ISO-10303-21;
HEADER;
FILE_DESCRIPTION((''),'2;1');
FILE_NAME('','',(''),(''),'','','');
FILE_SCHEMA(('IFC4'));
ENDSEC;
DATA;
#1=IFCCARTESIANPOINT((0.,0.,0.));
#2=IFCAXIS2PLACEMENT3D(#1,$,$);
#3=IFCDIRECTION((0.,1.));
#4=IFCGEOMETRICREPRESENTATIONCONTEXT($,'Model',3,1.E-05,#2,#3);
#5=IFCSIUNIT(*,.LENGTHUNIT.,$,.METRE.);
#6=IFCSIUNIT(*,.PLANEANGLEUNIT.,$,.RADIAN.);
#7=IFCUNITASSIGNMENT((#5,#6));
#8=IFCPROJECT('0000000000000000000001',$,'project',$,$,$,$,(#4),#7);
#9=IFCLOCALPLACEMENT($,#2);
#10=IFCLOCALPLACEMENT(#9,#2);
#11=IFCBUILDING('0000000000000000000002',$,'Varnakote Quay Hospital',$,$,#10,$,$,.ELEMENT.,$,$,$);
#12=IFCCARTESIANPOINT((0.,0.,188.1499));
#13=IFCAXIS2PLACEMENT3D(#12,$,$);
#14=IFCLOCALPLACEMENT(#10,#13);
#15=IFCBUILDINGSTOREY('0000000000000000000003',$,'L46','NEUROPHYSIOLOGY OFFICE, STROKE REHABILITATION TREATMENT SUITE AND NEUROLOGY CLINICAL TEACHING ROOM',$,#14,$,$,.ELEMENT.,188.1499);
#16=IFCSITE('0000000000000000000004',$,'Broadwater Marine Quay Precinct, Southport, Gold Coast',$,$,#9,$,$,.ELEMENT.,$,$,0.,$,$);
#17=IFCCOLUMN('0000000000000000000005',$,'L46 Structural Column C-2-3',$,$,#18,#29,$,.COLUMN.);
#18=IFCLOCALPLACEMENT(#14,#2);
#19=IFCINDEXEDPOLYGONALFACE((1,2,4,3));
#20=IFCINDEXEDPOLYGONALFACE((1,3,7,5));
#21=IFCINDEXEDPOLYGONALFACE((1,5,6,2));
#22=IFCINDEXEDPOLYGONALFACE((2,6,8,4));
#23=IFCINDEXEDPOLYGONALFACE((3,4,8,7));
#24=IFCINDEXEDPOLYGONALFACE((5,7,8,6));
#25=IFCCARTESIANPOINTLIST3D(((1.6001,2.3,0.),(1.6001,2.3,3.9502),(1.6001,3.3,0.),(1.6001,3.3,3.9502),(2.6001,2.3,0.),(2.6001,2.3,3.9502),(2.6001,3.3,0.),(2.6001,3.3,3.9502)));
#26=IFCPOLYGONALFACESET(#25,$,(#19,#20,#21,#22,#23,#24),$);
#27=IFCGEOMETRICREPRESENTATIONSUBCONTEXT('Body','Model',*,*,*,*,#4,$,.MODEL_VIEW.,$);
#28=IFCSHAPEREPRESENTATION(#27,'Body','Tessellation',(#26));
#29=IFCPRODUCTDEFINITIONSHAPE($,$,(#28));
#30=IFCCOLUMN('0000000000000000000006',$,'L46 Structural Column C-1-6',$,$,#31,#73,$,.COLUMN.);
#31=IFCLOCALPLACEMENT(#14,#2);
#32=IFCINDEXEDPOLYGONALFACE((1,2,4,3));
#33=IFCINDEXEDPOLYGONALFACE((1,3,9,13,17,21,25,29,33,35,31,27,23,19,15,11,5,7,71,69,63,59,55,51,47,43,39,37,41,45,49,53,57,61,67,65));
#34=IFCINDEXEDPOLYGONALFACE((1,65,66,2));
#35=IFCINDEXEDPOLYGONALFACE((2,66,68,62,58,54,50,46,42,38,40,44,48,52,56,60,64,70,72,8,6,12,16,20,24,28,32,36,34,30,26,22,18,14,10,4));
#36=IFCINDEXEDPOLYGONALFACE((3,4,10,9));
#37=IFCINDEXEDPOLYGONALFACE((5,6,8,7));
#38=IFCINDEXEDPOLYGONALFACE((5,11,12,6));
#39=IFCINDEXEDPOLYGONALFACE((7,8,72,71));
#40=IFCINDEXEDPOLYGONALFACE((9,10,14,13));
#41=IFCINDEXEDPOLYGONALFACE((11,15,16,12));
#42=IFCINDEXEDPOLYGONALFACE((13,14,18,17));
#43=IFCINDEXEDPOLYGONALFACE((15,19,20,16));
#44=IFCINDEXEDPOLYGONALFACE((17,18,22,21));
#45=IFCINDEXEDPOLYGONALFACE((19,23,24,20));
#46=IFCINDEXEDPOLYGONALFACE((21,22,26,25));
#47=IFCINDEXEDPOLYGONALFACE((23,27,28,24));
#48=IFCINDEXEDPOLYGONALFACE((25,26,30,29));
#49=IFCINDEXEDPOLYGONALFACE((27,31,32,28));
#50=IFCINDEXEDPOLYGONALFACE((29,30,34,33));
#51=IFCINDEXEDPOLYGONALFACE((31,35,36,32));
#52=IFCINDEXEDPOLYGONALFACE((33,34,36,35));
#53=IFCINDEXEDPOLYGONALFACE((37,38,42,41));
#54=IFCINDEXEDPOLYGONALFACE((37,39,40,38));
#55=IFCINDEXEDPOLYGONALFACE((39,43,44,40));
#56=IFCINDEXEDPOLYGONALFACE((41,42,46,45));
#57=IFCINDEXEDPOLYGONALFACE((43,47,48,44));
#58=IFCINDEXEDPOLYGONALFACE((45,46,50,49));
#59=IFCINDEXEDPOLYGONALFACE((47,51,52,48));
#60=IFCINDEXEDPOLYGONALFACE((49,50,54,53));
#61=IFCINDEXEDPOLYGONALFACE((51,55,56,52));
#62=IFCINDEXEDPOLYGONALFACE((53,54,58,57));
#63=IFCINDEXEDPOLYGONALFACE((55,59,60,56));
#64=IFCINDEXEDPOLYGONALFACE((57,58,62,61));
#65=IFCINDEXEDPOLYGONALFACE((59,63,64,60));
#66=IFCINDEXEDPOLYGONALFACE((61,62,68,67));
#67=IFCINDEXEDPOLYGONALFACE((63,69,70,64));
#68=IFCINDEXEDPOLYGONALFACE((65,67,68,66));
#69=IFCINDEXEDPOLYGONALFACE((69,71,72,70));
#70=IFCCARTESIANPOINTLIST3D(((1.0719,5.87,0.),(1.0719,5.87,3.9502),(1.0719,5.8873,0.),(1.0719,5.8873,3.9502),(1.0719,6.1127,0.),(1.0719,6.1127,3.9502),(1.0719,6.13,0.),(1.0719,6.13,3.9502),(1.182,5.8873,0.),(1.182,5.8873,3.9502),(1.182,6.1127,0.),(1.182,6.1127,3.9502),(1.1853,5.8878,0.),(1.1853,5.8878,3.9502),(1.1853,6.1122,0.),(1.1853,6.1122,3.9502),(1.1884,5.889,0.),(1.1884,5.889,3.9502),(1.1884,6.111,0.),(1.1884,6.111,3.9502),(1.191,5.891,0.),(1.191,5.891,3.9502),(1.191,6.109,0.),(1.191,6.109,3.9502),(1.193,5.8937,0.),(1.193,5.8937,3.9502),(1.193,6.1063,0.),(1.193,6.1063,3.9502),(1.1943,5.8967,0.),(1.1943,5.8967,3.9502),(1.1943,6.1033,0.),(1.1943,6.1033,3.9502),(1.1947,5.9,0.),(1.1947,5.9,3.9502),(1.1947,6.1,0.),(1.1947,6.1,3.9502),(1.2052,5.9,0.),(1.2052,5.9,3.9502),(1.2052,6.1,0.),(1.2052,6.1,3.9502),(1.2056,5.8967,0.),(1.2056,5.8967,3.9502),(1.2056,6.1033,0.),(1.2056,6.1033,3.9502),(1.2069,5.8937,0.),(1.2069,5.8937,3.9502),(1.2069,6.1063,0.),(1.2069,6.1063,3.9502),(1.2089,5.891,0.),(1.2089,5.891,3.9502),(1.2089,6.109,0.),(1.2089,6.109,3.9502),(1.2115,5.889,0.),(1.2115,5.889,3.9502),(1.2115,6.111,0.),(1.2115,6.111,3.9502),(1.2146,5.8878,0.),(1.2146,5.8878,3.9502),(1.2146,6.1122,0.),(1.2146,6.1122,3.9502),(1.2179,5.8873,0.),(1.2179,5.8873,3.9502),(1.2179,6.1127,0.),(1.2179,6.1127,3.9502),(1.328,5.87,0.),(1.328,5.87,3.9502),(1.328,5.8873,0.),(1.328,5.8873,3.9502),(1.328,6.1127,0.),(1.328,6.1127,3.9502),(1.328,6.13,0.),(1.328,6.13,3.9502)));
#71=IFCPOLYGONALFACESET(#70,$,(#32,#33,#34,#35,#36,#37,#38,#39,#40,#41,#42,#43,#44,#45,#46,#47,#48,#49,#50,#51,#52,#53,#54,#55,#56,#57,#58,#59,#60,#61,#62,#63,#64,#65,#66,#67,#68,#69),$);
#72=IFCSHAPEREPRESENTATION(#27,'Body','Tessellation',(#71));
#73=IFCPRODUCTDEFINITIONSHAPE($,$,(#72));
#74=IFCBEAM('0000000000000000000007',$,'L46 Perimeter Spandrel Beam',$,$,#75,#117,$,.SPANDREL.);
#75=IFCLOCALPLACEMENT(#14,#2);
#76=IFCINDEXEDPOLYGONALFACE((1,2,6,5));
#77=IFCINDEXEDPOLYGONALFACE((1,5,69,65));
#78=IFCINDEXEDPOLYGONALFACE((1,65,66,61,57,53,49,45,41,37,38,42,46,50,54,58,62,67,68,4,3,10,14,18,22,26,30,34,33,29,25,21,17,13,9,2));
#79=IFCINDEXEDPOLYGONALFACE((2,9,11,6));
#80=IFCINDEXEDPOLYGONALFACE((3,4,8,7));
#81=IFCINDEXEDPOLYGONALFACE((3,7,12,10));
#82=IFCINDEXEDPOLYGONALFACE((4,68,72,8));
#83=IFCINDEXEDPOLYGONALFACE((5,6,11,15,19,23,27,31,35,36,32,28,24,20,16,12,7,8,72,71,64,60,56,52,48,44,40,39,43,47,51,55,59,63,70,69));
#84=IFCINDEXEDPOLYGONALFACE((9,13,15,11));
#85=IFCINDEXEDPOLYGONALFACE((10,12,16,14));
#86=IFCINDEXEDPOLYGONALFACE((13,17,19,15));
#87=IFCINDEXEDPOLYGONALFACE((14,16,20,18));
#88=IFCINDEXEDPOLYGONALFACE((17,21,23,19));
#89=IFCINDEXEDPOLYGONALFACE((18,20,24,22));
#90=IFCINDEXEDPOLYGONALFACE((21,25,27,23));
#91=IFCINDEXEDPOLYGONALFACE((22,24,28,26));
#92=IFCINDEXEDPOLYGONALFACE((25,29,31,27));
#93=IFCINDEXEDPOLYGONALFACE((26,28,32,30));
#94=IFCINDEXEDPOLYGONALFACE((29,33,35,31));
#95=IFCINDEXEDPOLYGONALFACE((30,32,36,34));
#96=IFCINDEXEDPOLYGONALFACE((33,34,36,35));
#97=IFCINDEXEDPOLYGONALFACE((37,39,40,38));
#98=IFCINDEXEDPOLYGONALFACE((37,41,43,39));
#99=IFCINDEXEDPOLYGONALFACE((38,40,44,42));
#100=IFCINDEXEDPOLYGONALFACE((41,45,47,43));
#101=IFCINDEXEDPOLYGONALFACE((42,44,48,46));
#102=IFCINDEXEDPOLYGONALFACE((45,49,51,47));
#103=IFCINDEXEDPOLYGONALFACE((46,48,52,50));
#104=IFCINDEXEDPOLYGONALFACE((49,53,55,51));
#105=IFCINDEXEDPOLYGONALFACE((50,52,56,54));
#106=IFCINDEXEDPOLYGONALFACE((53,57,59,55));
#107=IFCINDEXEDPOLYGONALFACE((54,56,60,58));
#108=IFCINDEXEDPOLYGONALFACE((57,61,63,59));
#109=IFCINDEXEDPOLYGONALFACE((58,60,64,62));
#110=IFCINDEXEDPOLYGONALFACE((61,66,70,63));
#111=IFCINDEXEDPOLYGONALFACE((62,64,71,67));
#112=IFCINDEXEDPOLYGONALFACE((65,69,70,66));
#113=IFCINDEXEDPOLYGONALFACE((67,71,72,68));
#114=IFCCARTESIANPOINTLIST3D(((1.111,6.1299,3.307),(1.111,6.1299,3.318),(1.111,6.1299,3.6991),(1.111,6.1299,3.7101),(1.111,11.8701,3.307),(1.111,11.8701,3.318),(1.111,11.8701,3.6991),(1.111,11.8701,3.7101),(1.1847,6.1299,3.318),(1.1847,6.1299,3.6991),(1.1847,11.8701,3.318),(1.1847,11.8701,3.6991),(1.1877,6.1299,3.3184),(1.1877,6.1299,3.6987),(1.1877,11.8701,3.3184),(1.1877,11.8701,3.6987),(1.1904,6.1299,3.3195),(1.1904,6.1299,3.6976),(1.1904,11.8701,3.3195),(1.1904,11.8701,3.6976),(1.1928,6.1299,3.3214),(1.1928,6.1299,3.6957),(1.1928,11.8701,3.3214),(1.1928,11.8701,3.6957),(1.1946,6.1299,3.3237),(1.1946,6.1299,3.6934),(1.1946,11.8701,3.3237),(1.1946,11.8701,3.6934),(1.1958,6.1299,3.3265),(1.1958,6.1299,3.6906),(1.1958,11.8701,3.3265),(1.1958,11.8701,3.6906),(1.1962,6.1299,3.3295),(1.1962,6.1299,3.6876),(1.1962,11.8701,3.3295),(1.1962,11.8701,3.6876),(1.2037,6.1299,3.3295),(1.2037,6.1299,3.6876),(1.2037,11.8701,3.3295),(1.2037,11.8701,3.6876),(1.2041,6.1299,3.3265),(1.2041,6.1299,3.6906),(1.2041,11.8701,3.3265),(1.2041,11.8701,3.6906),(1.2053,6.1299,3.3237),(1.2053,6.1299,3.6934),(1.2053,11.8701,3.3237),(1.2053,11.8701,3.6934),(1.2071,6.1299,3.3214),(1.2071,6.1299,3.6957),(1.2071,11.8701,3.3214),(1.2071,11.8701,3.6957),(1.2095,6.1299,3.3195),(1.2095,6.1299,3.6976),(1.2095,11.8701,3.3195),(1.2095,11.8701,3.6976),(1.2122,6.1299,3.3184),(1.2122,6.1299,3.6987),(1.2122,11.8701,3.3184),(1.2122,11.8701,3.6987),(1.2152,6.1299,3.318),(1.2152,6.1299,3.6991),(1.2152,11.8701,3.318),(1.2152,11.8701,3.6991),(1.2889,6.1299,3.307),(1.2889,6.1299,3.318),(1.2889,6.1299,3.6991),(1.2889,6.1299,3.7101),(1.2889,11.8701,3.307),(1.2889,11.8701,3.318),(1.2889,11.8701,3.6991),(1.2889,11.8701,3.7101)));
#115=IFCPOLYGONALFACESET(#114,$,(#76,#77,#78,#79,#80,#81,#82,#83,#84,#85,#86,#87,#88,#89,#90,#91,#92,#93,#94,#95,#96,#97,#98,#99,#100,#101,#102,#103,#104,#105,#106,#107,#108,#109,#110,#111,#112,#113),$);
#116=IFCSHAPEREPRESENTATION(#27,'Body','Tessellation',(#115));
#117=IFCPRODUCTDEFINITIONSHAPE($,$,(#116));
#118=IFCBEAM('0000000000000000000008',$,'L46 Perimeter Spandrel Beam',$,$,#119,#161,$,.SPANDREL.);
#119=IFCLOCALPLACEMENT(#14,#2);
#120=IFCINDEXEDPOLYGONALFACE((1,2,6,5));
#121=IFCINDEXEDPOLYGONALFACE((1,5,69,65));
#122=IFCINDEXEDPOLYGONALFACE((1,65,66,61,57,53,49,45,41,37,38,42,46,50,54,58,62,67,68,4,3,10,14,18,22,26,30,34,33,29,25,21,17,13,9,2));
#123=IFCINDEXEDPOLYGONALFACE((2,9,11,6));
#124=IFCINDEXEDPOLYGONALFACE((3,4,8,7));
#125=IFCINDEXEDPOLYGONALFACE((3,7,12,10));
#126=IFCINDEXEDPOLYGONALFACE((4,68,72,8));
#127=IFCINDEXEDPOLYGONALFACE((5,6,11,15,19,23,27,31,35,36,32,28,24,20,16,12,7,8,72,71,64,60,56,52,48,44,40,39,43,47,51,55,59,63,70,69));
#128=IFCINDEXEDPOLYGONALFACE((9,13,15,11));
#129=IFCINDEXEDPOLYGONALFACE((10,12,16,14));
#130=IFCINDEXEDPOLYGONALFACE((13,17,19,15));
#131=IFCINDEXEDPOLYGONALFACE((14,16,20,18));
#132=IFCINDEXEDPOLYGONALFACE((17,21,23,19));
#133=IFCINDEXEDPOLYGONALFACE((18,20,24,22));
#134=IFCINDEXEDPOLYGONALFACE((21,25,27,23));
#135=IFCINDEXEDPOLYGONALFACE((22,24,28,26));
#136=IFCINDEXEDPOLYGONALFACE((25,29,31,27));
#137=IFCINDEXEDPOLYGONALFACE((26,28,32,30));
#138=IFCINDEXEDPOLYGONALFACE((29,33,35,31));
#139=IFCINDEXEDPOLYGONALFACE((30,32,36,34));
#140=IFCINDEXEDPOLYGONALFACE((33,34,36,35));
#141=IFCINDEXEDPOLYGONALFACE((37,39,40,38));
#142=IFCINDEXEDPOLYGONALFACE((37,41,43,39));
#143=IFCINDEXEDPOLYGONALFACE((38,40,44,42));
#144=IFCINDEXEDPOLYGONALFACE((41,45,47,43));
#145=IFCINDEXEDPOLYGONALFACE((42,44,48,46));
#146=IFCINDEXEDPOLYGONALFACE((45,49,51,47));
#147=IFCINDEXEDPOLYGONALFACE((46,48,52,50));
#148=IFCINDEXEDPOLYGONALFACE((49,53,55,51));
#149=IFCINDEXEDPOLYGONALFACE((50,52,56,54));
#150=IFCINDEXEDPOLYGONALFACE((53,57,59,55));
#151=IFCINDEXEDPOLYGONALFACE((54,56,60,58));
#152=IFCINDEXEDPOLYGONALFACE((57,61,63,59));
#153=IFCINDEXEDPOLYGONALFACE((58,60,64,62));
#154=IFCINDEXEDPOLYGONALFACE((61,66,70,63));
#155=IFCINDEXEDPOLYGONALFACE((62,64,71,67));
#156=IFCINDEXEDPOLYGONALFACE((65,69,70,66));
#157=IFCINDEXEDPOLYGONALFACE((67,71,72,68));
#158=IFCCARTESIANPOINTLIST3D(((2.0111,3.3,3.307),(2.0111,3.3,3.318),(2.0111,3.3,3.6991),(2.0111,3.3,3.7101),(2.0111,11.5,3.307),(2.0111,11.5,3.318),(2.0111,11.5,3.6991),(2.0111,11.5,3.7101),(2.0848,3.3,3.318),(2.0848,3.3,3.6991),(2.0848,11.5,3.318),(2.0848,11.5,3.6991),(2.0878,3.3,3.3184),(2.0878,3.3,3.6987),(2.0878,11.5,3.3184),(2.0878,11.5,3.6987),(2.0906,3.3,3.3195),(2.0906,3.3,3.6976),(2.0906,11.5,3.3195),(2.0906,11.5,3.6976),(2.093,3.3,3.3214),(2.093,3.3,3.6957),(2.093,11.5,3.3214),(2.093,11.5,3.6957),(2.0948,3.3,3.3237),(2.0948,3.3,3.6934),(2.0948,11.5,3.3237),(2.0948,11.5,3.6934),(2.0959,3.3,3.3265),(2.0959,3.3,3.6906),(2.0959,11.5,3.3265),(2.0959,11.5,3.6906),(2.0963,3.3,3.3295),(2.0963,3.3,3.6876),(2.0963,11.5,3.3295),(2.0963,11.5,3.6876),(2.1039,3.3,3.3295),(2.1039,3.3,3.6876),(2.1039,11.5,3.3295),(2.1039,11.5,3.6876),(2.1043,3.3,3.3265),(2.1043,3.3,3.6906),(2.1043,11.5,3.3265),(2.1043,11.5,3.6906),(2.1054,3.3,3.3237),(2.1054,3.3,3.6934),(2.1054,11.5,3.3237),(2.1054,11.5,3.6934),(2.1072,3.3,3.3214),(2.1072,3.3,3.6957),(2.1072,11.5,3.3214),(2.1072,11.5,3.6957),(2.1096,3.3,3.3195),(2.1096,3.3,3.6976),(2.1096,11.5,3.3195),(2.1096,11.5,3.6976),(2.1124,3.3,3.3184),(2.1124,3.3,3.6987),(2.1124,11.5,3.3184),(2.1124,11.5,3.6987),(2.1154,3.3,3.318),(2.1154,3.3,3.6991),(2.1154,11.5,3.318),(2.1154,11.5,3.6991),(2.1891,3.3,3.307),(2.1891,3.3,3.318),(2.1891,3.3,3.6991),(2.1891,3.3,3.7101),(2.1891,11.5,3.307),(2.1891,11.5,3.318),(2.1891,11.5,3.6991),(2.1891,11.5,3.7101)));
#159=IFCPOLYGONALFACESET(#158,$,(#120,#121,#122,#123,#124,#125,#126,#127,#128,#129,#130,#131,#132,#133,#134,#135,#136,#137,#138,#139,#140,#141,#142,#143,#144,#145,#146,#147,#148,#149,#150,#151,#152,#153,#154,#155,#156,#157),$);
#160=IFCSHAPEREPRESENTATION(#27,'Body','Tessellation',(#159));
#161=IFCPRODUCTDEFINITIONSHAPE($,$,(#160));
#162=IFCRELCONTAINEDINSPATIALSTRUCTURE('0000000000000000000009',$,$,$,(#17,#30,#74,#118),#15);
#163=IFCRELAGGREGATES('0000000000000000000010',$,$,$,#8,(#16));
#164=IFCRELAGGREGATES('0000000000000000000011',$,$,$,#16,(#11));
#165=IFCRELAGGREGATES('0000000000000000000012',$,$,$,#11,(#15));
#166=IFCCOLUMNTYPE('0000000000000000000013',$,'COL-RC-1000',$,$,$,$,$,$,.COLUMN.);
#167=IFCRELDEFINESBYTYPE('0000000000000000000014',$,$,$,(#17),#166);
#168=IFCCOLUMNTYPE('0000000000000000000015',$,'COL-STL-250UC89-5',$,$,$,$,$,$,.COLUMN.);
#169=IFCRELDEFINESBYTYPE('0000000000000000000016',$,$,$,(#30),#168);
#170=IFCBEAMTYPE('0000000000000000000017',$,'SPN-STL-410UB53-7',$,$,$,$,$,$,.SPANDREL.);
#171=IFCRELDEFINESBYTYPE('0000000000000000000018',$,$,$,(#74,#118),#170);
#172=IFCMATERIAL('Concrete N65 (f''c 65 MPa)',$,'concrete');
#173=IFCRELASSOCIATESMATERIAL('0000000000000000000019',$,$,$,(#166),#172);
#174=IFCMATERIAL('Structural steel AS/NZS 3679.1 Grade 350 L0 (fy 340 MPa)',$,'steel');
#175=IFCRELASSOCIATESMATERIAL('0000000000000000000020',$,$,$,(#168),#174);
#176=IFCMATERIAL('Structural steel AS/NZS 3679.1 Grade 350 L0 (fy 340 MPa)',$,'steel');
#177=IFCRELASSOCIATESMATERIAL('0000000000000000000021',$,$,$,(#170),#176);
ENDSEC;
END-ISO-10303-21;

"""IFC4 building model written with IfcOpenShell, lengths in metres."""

from ifc_helpers import new_model, si_unit, direction, frame, origin, origin_2d, place, context, subcontext, project, spatial, rectangle, i_section, extrude, material, material_profile, profile_set, type_object, element, save


model = new_model("IFC4")

# Units and contexts
model_context = context("Model", 3, precision=1e-05, world=origin(), true_north=direction((0.0, 1.0)))
body_context = subcontext(model_context, "Body", "Model", "MODEL_VIEW")
ifc_project = project(units=[si_unit("LENGTHUNIT", "METRE"), si_unit("PLANEANGLEUNIT", "RADIAN")], contexts=[model_context])

# Site, building, storey
site_placement = place(None, origin())
site = spatial("IfcSite", under=ifc_project, at=site_placement, Name="Broadwater Marine Quay Precinct, Southport, Gold Coast", CompositionType="ELEMENT", RefElevation=0.0)
building_placement = place(site_placement, origin())
building = spatial("IfcBuilding", under=site, at=building_placement, Name="Varnakote Quay Hospital", CompositionType="ELEMENT")
storey_placement = place(building_placement, frame((0.0, 0.0, 188.1499)))
storey = spatial("IfcBuildingStorey", under=building, at=storey_placement, Name="L46", Description="NEUROPHYSIOLOGY OFFICE, STROKE REHABILITATION TREATMENT SUITE AND NEUROLOGY CLINICAL TEACHING ROOM", CompositionType="ELEMENT", Elevation=188.1499)

# Columns
ifc_material_1 = material(Name="Concrete N65 (f'c 65 MPa)", Category="concrete")
ifc_material_profile_1 = material_profile(ifc_material_1, rectangle(XDim=1.0, YDim=1.0, at=origin_2d()), Name="RC-COL-1000x1000")
ifc_profile_set_1 = profile_set([ifc_material_profile_1], Name="Concrete N65 (f'c 65 MPa)")
column_type_1 = type_object("IfcColumnType", Name="COL-RC-1000", PredefinedType="COLUMN", material=ifc_profile_set_1)
column_1_placement = place(storey_placement, frame((2.1001, 2.8, 0.0), z_axis=(0.0, 0.0, 1.0), x_axis=(1.0, 0.0, 0.0)))
element("IfcColumn", 1, at=column_1_placement, inside=storey, type_object=column_type_1, Name="L46 Structural Column C-2-3", PredefinedType="COLUMN", context=body_context, shape_type="SweptSolid", body=[
    extrude(rectangle(XDim=1.0, YDim=1.0, at=origin_2d()), origin(), (0.0, 0.0, 1.0), 3.9502),
])
ifc_material_2 = material(Name="Structural steel AS/NZS 3679.1 Grade 350 L0 (fy 340 MPa)", Category="steel")
ifc_material_profile_2 = material_profile(ifc_material_2, i_section(OverallWidth=0.2561, OverallDepth=0.26, WebThickness=0.0105, FlangeThickness=0.0173, FilletRadius=0.0127, at=origin_2d()), Name="250UC89.5")
ifc_profile_set_2 = profile_set([ifc_material_profile_2], Name="Structural steel AS/NZS 3679.1 Grade 350 L0 (fy 340 MPa)")
column_type_2 = type_object("IfcColumnType", Name="COL-STL-250UC89-5", PredefinedType="COLUMN", material=ifc_profile_set_2)
column_2_placement = place(storey_placement, frame((1.2, 6.0, 0.0), z_axis=(0.0, 0.0, 1.0), x_axis=(1.0, 0.0, 0.0)))
element("IfcColumn", 2, at=column_2_placement, inside=storey, type_object=column_type_2, Name="L46 Structural Column C-1-6", PredefinedType="COLUMN", context=body_context, shape_type="SweptSolid", body=[
    extrude(i_section(OverallWidth=0.2561, OverallDepth=0.26, WebThickness=0.0105, FlangeThickness=0.0173, FilletRadius=0.0127, at=origin_2d()), origin(), (0.0, 0.0, 1.0), 3.9502),
])

# Beams
ifc_material_3 = material(Name="Structural steel AS/NZS 3679.1 Grade 350 L0 (fy 340 MPa)", Category="steel")
ifc_material_profile_3 = material_profile(ifc_material_3, i_section(OverallWidth=0.178, OverallDepth=0.4031, WebThickness=0.0076, FlangeThickness=0.011, FilletRadius=0.0115, at=origin_2d()), Name="410UB53.7")
ifc_profile_set_3 = profile_set([ifc_material_profile_3], Name="Structural steel AS/NZS 3679.1 Grade 350 L0 (fy 340 MPa)")
beam_type_1 = type_object("IfcBeamType", Name="SPN-STL-410UB53-7", PredefinedType="SPANDREL", material=ifc_profile_set_3)
beam_1_placement = place(storey_placement, frame((1.2, 6.1299, 3.5085), z_axis=(0.0, 1.0, 0.0), x_axis=(-1.0, 0.0, 0.0)))
element("IfcBeam", 3, at=beam_1_placement, inside=storey, type_object=beam_type_1, Name="L46 Perimeter Spandrel Beam", PredefinedType="SPANDREL", context=body_context, shape_type="SweptSolid", body=[
    extrude(i_section(OverallWidth=0.178, OverallDepth=0.4031, WebThickness=0.0076, FlangeThickness=0.011, FilletRadius=0.0115, at=origin_2d()), origin(), (0.0, 0.0, 1.0), 5.7402),
])
beam_2_placement = place(storey_placement, frame((2.1001, 3.3, 3.5085), z_axis=(0.0, 1.0, 0.0), x_axis=(-1.0, 0.0, 0.0)))
element("IfcBeam", 4, at=beam_2_placement, inside=storey, type_object=beam_type_1, Name="L46 Perimeter Spandrel Beam", PredefinedType="SPANDREL", context=body_context, shape_type="SweptSolid", body=[
    extrude(i_section(OverallWidth=0.178, OverallDepth=0.4031, WebThickness=0.0076, FlangeThickness=0.011, FilletRadius=0.0115, at=origin_2d()), origin(), (0.0, 0.0, 1.0), 8.2),
])

save(model, "model.ifc")
